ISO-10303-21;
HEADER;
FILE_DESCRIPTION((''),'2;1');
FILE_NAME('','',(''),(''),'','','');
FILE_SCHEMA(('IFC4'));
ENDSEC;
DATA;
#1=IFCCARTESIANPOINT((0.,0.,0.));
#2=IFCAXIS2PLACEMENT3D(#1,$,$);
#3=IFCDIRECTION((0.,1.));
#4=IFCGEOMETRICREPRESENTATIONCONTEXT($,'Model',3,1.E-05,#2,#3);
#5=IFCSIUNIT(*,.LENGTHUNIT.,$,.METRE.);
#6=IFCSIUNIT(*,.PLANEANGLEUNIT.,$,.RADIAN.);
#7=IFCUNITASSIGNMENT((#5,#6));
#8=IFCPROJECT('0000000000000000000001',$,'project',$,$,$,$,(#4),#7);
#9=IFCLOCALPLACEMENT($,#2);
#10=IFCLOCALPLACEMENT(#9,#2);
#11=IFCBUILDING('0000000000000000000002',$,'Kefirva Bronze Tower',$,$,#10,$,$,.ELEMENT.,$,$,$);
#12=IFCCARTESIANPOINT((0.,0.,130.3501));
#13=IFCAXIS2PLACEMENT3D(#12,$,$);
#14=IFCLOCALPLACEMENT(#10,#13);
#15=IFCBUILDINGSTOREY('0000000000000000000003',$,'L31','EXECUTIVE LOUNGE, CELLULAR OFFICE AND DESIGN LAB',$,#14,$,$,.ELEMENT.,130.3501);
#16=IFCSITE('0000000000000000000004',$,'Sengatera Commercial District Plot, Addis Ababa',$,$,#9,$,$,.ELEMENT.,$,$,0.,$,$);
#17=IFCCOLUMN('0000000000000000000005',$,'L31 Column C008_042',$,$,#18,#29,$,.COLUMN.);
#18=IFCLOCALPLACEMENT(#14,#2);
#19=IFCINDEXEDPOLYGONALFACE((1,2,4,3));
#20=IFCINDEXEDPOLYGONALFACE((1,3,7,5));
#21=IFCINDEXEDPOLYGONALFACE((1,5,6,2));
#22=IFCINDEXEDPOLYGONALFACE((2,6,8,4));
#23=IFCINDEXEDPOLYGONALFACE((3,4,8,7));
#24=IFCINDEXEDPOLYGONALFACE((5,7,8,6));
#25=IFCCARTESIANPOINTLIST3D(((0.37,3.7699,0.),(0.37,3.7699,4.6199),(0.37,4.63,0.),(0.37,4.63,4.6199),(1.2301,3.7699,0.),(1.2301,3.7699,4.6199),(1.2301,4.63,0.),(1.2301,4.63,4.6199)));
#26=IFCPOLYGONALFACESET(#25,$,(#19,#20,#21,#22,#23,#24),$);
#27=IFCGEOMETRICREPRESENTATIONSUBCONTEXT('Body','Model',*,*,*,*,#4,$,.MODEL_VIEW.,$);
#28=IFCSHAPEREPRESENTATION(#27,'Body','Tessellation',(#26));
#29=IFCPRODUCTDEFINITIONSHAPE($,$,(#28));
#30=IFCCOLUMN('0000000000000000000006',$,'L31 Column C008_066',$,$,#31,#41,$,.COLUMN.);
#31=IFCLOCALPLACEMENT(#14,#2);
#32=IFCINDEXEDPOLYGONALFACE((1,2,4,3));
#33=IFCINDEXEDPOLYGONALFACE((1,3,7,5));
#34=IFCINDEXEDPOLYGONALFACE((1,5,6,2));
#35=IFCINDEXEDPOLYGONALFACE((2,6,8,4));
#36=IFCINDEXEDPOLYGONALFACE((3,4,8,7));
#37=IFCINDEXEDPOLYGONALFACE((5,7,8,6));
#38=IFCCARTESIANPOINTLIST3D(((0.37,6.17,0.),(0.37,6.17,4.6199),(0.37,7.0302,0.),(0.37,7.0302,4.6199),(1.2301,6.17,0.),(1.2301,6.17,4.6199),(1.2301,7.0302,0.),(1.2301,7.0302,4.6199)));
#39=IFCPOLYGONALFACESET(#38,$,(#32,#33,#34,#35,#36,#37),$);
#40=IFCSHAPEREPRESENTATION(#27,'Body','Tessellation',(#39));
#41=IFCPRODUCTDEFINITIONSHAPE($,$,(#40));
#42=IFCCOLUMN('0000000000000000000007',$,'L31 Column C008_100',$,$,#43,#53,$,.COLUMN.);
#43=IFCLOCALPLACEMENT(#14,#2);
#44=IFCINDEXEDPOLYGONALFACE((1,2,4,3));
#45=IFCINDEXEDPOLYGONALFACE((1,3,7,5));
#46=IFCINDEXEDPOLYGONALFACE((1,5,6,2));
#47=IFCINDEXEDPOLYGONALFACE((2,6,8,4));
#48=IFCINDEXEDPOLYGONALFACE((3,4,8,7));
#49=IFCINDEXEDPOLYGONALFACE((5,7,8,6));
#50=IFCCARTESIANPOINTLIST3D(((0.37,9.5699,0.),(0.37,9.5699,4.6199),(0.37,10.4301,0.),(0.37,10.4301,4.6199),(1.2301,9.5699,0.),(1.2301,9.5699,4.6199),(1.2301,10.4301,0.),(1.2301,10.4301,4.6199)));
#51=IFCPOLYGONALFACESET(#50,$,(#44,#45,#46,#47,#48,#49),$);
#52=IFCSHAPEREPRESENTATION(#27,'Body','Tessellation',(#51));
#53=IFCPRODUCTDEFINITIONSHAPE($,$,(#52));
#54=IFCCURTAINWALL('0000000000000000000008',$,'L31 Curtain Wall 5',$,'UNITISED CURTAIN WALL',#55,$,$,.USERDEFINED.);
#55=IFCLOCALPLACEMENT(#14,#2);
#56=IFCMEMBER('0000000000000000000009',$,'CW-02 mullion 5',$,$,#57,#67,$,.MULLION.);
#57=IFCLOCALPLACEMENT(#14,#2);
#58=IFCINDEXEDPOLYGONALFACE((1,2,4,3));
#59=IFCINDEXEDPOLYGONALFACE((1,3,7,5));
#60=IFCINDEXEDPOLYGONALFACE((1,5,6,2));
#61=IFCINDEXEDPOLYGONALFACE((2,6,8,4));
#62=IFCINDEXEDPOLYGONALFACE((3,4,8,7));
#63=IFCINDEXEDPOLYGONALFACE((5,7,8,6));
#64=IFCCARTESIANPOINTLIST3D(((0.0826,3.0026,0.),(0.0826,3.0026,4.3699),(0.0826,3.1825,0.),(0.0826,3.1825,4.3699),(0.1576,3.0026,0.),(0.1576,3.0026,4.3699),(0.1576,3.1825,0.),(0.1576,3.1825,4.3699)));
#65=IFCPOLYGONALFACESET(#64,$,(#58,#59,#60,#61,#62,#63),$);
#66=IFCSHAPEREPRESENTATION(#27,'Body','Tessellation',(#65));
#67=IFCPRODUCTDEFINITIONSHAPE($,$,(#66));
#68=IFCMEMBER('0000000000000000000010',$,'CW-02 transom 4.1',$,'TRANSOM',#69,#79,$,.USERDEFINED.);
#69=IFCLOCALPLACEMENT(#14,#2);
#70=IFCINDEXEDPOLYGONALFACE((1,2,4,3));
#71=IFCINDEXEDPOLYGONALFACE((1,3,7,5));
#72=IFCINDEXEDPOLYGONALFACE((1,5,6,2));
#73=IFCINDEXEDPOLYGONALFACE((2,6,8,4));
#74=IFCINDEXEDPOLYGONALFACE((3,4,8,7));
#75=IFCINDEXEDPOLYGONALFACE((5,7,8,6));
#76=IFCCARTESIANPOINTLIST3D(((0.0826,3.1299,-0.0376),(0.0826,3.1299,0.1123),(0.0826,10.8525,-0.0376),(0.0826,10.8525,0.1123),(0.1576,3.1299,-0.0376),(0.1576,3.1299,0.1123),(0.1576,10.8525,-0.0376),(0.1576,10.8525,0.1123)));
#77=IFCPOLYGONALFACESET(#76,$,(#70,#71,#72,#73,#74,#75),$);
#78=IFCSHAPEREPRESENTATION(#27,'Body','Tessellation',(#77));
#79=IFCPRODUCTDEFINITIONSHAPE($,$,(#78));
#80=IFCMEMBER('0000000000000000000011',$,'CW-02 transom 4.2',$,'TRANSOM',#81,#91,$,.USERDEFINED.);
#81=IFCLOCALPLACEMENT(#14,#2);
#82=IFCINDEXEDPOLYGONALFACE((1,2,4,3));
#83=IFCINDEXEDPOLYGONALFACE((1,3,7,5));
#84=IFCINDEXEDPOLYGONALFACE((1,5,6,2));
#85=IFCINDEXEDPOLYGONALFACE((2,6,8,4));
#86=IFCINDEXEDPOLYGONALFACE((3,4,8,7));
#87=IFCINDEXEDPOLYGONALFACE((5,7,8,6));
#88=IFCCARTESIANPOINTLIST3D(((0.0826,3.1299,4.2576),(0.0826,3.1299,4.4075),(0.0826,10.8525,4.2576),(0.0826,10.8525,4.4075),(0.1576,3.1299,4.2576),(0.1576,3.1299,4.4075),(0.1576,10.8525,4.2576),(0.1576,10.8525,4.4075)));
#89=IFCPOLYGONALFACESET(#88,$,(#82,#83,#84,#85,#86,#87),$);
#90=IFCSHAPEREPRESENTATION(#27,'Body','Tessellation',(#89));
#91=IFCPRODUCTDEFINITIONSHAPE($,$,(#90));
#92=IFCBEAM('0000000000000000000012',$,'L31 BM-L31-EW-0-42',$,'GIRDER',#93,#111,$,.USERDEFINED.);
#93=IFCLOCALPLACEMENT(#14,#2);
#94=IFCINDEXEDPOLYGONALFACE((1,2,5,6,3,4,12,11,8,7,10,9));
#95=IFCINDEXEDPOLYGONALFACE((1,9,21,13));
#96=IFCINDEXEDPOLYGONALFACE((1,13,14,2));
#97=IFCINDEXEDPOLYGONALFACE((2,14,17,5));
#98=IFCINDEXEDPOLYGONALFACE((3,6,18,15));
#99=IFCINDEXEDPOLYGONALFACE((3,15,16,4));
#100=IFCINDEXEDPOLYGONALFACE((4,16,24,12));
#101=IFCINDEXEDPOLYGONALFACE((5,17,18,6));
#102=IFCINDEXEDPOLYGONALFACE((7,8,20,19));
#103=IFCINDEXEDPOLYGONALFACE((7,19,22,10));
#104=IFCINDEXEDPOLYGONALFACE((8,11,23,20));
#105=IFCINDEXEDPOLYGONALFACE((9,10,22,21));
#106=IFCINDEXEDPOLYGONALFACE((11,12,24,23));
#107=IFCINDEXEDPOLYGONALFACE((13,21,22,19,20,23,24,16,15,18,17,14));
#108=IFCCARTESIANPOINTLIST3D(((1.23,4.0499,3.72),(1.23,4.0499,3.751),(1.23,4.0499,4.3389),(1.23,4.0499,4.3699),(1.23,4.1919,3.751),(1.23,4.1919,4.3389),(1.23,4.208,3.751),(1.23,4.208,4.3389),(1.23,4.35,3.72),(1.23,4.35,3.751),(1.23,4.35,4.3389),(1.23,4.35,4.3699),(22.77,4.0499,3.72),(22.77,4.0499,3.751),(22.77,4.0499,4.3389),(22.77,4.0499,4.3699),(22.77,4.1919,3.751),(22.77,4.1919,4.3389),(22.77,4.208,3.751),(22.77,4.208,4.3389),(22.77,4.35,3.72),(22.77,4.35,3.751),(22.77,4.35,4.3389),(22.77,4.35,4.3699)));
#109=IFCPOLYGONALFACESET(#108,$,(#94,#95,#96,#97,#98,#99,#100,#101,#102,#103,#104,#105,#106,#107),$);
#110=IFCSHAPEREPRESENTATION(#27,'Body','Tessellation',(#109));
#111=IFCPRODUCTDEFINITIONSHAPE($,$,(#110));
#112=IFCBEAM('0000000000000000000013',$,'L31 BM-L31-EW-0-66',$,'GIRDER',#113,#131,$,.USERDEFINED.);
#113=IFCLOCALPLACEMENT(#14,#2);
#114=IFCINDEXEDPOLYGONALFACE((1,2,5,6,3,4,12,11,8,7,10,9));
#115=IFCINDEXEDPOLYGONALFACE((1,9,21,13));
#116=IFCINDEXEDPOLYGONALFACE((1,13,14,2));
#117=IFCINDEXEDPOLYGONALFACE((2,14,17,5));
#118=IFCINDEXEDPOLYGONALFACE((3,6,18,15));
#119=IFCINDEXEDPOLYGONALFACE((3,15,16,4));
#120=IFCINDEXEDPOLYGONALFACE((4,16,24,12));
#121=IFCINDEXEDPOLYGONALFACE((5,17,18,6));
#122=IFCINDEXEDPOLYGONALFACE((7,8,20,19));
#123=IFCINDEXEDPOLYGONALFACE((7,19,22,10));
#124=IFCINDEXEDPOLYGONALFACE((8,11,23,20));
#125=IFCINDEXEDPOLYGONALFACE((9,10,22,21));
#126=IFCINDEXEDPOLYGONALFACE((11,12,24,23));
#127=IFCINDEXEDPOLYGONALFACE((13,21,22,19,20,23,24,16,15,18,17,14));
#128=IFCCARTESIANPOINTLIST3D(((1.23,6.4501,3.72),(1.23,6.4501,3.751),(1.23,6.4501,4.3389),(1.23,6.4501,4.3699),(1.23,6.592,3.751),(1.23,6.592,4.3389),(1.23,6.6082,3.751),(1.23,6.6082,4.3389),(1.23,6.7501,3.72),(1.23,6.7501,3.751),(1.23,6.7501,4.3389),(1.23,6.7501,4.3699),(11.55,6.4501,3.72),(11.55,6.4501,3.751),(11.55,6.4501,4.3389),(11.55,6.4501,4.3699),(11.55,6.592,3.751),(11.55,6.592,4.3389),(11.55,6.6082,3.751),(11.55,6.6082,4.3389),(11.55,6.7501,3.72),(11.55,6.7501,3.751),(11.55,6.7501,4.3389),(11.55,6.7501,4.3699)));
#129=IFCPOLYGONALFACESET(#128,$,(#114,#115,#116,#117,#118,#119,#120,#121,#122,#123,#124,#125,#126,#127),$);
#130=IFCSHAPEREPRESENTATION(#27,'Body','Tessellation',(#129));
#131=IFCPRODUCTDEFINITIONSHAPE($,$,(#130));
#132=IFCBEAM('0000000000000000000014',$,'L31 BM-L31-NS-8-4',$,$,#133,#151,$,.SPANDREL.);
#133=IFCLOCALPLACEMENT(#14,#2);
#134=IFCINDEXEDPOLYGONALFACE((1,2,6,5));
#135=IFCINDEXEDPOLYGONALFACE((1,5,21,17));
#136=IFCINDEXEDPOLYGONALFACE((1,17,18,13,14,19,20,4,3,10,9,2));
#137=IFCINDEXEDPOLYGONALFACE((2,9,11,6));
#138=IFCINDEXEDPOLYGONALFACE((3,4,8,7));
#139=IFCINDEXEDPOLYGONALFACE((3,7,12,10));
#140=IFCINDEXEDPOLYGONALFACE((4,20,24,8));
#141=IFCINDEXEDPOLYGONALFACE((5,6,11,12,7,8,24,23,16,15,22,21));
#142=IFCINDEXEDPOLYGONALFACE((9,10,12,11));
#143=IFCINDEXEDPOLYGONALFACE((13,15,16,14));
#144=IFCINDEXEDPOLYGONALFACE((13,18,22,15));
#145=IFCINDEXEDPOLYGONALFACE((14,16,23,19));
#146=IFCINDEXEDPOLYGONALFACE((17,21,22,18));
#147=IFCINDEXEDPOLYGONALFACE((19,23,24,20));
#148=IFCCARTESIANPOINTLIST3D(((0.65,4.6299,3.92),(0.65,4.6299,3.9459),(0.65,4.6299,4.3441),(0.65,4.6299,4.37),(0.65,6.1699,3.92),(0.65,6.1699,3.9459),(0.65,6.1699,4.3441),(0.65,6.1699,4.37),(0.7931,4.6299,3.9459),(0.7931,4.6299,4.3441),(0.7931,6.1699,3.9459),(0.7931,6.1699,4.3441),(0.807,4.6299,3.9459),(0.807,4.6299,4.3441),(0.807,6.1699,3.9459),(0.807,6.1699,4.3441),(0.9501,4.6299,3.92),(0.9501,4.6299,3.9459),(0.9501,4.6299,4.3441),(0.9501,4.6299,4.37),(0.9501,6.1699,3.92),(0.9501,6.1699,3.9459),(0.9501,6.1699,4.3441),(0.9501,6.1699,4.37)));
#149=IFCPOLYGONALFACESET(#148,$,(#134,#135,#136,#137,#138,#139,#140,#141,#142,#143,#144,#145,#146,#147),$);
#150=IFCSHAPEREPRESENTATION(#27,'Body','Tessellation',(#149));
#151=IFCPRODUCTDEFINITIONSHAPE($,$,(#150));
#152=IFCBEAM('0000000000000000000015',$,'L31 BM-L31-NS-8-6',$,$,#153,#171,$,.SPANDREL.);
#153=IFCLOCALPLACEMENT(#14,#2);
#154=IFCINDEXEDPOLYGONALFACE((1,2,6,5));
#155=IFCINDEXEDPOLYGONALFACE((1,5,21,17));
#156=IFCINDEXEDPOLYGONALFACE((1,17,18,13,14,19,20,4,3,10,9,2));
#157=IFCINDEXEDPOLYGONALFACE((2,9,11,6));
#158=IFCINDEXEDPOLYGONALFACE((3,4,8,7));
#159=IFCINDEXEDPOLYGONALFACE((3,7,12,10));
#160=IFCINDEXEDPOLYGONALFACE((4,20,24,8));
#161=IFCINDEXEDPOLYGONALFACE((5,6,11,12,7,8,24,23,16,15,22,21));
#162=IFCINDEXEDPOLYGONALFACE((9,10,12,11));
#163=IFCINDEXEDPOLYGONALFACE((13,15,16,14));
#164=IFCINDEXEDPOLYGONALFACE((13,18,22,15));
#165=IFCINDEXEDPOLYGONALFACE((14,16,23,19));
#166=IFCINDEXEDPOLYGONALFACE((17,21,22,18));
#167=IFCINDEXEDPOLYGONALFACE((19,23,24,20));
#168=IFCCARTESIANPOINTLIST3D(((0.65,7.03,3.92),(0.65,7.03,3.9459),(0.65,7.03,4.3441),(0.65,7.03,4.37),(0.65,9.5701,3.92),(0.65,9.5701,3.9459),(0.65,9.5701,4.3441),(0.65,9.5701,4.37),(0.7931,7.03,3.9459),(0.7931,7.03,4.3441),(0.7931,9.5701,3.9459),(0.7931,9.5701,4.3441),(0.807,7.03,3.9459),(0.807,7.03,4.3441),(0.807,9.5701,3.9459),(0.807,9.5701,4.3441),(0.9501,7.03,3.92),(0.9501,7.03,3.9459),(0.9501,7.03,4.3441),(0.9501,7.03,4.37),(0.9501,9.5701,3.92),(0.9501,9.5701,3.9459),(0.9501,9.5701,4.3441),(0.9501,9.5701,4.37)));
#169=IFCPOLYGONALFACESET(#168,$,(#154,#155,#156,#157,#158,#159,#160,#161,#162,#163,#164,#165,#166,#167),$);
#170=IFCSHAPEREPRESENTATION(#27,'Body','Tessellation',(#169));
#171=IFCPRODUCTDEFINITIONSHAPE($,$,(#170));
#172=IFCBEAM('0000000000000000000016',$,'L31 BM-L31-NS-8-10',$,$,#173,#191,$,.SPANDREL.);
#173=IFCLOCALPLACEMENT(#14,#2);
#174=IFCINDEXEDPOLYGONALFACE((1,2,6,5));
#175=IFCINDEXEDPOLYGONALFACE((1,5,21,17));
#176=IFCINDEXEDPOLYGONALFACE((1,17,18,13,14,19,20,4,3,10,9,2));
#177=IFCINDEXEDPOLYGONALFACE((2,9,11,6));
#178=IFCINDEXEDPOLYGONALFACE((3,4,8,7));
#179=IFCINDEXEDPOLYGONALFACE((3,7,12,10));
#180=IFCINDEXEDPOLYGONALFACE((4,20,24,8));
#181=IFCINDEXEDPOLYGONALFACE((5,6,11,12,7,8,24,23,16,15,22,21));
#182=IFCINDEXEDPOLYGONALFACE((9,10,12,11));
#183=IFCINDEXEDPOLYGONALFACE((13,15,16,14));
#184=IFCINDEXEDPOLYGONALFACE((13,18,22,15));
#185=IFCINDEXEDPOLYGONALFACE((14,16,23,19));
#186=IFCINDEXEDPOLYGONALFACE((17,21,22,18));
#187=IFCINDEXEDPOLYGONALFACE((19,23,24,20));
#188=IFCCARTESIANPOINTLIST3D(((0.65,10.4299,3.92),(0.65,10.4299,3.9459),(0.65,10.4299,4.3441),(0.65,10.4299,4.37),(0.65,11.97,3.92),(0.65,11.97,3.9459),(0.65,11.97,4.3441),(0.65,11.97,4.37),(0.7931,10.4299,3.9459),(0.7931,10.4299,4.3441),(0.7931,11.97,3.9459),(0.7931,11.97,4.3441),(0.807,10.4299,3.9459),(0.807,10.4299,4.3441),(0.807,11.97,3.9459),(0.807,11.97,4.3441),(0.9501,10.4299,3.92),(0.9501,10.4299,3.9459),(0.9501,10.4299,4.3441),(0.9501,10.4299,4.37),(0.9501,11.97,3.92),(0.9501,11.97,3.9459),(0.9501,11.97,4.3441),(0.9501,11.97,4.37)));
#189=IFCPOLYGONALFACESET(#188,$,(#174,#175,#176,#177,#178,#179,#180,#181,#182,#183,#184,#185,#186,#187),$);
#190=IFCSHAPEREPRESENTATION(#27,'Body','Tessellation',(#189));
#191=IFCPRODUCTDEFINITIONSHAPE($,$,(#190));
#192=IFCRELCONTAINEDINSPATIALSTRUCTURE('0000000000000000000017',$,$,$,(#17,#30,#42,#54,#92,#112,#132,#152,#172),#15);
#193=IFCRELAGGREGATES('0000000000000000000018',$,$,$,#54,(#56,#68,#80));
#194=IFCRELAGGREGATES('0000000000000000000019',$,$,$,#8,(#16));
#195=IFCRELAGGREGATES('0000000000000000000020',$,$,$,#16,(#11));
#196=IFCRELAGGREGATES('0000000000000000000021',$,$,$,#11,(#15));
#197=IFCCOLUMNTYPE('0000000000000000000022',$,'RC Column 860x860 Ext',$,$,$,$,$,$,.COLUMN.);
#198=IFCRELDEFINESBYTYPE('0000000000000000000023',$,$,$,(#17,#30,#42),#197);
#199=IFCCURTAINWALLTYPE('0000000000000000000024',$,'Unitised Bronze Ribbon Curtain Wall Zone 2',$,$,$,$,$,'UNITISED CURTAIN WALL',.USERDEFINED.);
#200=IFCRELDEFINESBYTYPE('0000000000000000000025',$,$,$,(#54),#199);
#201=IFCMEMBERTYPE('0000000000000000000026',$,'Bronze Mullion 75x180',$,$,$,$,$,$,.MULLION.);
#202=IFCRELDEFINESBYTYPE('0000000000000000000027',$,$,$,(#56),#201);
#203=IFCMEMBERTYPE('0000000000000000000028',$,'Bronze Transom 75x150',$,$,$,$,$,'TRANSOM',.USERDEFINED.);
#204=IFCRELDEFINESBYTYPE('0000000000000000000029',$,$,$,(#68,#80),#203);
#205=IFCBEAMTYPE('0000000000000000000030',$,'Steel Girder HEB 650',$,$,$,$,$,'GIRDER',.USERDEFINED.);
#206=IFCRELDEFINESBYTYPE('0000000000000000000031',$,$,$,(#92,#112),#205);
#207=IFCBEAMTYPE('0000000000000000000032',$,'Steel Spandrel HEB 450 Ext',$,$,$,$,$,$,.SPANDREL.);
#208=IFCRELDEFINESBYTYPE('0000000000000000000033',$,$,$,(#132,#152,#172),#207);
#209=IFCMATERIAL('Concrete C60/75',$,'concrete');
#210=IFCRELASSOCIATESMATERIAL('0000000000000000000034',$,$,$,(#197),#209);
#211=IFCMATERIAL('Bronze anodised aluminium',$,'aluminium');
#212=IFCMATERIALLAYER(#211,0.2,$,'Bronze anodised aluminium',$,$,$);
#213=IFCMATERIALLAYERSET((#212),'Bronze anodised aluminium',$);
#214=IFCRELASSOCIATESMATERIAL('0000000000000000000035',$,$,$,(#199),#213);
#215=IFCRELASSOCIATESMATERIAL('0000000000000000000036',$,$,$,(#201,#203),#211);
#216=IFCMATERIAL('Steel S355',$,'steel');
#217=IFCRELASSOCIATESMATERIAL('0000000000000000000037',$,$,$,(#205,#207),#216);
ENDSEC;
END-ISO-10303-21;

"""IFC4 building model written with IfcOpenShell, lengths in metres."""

from ifc_helpers import new_model, si_unit, direction, frame, origin, origin_2d, place, context, subcontext, project, spatial, rectangle, i_section, extrude, material, layer, layer_set, material_profile, profile_set, type_object, element, aggregate, save


model = new_model("IFC4")

# Units and contexts
model_context = context("Model", 3, precision=1e-05, world=origin(), true_north=direction((0.0, 1.0)))
body_context = subcontext(model_context, "Body", "Model", "MODEL_VIEW")
ifc_project = project(units=[si_unit("LENGTHUNIT", "METRE"), si_unit("PLANEANGLEUNIT", "RADIAN")], contexts=[model_context])

# Site, building, storey
site_placement = place(None, origin())
site = spatial("IfcSite", under=ifc_project, at=site_placement, Name="Sengatera Commercial District Plot, Addis Ababa", CompositionType="ELEMENT", RefElevation=0.0)
building_placement = place(site_placement, origin())
building = spatial("IfcBuilding", under=site, at=building_placement, Name="Kefirva Bronze Tower", CompositionType="ELEMENT")
storey_placement = place(building_placement, frame((0.0, 0.0, 130.3501)))
storey = spatial("IfcBuildingStorey", under=building, at=storey_placement, Name="L31", Description="EXECUTIVE LOUNGE, CELLULAR OFFICE AND DESIGN LAB", CompositionType="ELEMENT", Elevation=130.3501)

# Columns
ifc_material_1 = material(Name="Concrete C60/75", Category="concrete")
ifc_material_profile_1 = material_profile(ifc_material_1, rectangle(XDim=0.8601, YDim=0.8601, at=origin_2d()), Name="RC 860x860")
ifc_profile_set_1 = profile_set([ifc_material_profile_1], Name="Concrete C60/75")
column_type = type_object("IfcColumnType", Name="RC Column 860x860 Ext", PredefinedType="COLUMN", material=ifc_profile_set_1)
for number, where, z_axis, x_axis, name in (
    (1, (0.8, 4.2, 0.0), (0.0, 0.0, 1.0), (1.0, 0.0, 0.0), "L31 Column C008_042"),
    (2, (0.8, 6.6001, 0.0), (0.0, 0.0, 1.0), (1.0, 0.0, 0.0), "L31 Column C008_066"),
    (3, (0.8, 10.0, 0.0), (0.0, 0.0, 1.0), (1.0, 0.0, 0.0), "L31 Column C008_100"),
):
    element("IfcColumn", number, at=place(storey_placement, frame(where, z_axis=z_axis, x_axis=x_axis)), inside=storey, type_object=column_type, Name=name, PredefinedType="COLUMN", context=body_context, shape_type="SweptSolid", body=[
        extrude(rectangle(XDim=0.8601, YDim=0.8601, at=origin_2d()), origin(), (0.0, 0.0, 1.0), 4.6199),
    ])

# Curtain wall, members
ifc_material_2 = material(Name="Bronze anodised aluminium", Category="aluminium")
ifc_layer_1 = layer(ifc_material_2, 0.2, Name="Bronze anodised aluminium")
ifc_layer_set_1 = layer_set([ifc_layer_1], Name="Bronze anodised aluminium")
curtain_wall_type = type_object("IfcCurtainWallType", Name="Unitised Bronze Ribbon Curtain Wall Zone 2", ElementType="UNITISED CURTAIN WALL", PredefinedType="USERDEFINED", material=ifc_layer_set_1)
curtain_wall_placement = place(storey_placement, origin())
curtain_wall = element("IfcCurtainWall", 4, at=curtain_wall_placement, inside=storey, type_object=curtain_wall_type, Name="L31 Curtain Wall 5", ObjectType="UNITISED CURTAIN WALL", PredefinedType="USERDEFINED")
ifc_material_profile_2 = material_profile(ifc_material_2, rectangle(XDim=0.075, YDim=0.1799, at=origin_2d()), Name="ALU 75x180")
ifc_profile_set_2 = profile_set([ifc_material_profile_2], Name="Bronze anodised aluminium")
member_type_1 = type_object("IfcMemberType", Name="Bronze Mullion 75x180", PredefinedType="MULLION", material=ifc_profile_set_2)
member_1_placement = place(storey_placement, frame((0.1201, 3.0925, 0.0), z_axis=(0.0, 0.0, 1.0), x_axis=(1.0, 0.0, 0.0)))
member_1 = element("IfcMember", 5, at=member_1_placement, type_object=member_type_1, Name="CW-02 mullion 5", PredefinedType="MULLION", context=body_context, shape_type="SweptSolid", body=[
    extrude(rectangle(XDim=0.075, YDim=0.1799, at=origin_2d()), origin(), (0.0, 0.0, 1.0), 4.3699),
])
ifc_material_profile_3 = material_profile(ifc_material_2, rectangle(XDim=0.075, YDim=0.1499, at=origin_2d()), Name="ALU 75x150")
ifc_profile_set_3 = profile_set([ifc_material_profile_3], Name="Bronze anodised aluminium")
member_type_2 = type_object("IfcMemberType", Name="Bronze Transom 75x150", ElementType="TRANSOM", PredefinedType="USERDEFINED", material=ifc_profile_set_3)
member_2_placement = place(storey_placement, frame((0.1201, 10.8525, 0.0374), z_axis=(0.0, -1.0, 0.0), x_axis=(1.0, 0.0, 0.0)))
member_2 = element("IfcMember", 6, at=member_2_placement, type_object=member_type_2, Name="CW-02 transom 4.1", ObjectType="TRANSOM", PredefinedType="USERDEFINED", context=body_context, shape_type="SweptSolid", body=[
    extrude(rectangle(XDim=0.075, YDim=0.1499, at=origin_2d()), origin(), (0.0, 0.0, 1.0), 7.7227),
])
member_3_placement = place(storey_placement, frame((0.1201, 10.8525, 4.3325), z_axis=(0.0, -1.0, 0.0), x_axis=(1.0, 0.0, 0.0)))
member_3 = element("IfcMember", 7, at=member_3_placement, type_object=member_type_2, Name="CW-02 transom 4.2", ObjectType="TRANSOM", PredefinedType="USERDEFINED", context=body_context, shape_type="SweptSolid", body=[
    extrude(rectangle(XDim=0.075, YDim=0.1499, at=origin_2d()), origin(), (0.0, 0.0, 1.0), 7.7227),
])

# Beams
ifc_material_3 = material(Name="Steel S355", Category="steel")
ifc_material_profile_4 = material_profile(ifc_material_3, i_section(OverallWidth=0.3, OverallDepth=0.6499, WebThickness=0.0161, FlangeThickness=0.031, at=origin_2d()), Name="HEB 650")
ifc_profile_set_4 = profile_set([ifc_material_profile_4], Name="Steel S355")
beam_type_1 = type_object("IfcBeamType", Name="Steel Girder HEB 650", ElementType="GIRDER", PredefinedType="USERDEFINED", material=ifc_profile_set_4)
beam_1_placement = place(storey_placement, frame((1.23, 4.2, 4.0449), z_axis=(1.0, 0.0, 0.0), x_axis=(0.0, 1.0, 0.0)))
element("IfcBeam", 8, at=beam_1_placement, inside=storey, type_object=beam_type_1, Name="L31 BM-L31-EW-0-42", ObjectType="GIRDER", PredefinedType="USERDEFINED", context=body_context, shape_type="SweptSolid", body=[
    extrude(i_section(OverallWidth=0.3, OverallDepth=0.6499, WebThickness=0.0161, FlangeThickness=0.031, at=origin_2d()), origin(), (0.0, 0.0, 1.0), 21.54),
])
beam_2_placement = place(storey_placement, frame((1.23, 6.6001, 4.0449), z_axis=(1.0, 0.0, 0.0), x_axis=(0.0, 1.0, 0.0)))
element("IfcBeam", 9, at=beam_2_placement, inside=storey, type_object=beam_type_1, Name="L31 BM-L31-EW-0-66", ObjectType="GIRDER", PredefinedType="USERDEFINED", context=body_context, shape_type="SweptSolid", body=[
    extrude(i_section(OverallWidth=0.3, OverallDepth=0.6499, WebThickness=0.0161, FlangeThickness=0.031, at=origin_2d()), origin(), (0.0, 0.0, 1.0), 10.3201),
])
ifc_material_profile_5 = material_profile(ifc_material_3, i_section(OverallWidth=0.3, OverallDepth=0.45, WebThickness=0.0139, FlangeThickness=0.0259, at=origin_2d()), Name="HEB 450")
ifc_profile_set_5 = profile_set([ifc_material_profile_5], Name="Steel S355")
beam_type_2 = type_object("IfcBeamType", Name="Steel Spandrel HEB 450 Ext", PredefinedType="SPANDREL", material=ifc_profile_set_5)
beam_3_placement = place(storey_placement, frame((0.8, 4.6299, 4.145), z_axis=(0.0, 1.0, 0.0), x_axis=(-1.0, 0.0, 0.0)))
element("IfcBeam", 10, at=beam_3_placement, inside=storey, type_object=beam_type_2, Name="L31 BM-L31-NS-8-4", PredefinedType="SPANDREL", context=body_context, shape_type="SweptSolid", body=[
    extrude(i_section(OverallWidth=0.3, OverallDepth=0.45, WebThickness=0.0139, FlangeThickness=0.0259, at=origin_2d()), origin(), (0.0, 0.0, 1.0), 1.54),
])
beam_4_placement = place(storey_placement, frame((0.8, 7.03, 4.145), z_axis=(0.0, 1.0, 0.0), x_axis=(-1.0, 0.0, 0.0)))
element("IfcBeam", 11, at=beam_4_placement, inside=storey, type_object=beam_type_2, Name="L31 BM-L31-NS-8-6", PredefinedType="SPANDREL", context=body_context, shape_type="SweptSolid", body=[
    extrude(i_section(OverallWidth=0.3, OverallDepth=0.45, WebThickness=0.0139, FlangeThickness=0.0259, at=origin_2d()), origin(), (0.0, 0.0, 1.0), 2.54),
])
beam_5_placement = place(storey_placement, frame((0.8, 10.4299, 4.145), z_axis=(0.0, 1.0, 0.0), x_axis=(-1.0, 0.0, 0.0)))
element("IfcBeam", 12, at=beam_5_placement, inside=storey, type_object=beam_type_2, Name="L31 BM-L31-NS-8-10", PredefinedType="SPANDREL", context=body_context, shape_type="SweptSolid", body=[
    extrude(i_section(OverallWidth=0.3, OverallDepth=0.45, WebThickness=0.0139, FlangeThickness=0.0259, at=origin_2d()), origin(), (0.0, 0.0, 1.0), 1.54),
])

aggregate(curtain_wall, [member_1, member_2, member_3])

save(model, "model.ifc")
